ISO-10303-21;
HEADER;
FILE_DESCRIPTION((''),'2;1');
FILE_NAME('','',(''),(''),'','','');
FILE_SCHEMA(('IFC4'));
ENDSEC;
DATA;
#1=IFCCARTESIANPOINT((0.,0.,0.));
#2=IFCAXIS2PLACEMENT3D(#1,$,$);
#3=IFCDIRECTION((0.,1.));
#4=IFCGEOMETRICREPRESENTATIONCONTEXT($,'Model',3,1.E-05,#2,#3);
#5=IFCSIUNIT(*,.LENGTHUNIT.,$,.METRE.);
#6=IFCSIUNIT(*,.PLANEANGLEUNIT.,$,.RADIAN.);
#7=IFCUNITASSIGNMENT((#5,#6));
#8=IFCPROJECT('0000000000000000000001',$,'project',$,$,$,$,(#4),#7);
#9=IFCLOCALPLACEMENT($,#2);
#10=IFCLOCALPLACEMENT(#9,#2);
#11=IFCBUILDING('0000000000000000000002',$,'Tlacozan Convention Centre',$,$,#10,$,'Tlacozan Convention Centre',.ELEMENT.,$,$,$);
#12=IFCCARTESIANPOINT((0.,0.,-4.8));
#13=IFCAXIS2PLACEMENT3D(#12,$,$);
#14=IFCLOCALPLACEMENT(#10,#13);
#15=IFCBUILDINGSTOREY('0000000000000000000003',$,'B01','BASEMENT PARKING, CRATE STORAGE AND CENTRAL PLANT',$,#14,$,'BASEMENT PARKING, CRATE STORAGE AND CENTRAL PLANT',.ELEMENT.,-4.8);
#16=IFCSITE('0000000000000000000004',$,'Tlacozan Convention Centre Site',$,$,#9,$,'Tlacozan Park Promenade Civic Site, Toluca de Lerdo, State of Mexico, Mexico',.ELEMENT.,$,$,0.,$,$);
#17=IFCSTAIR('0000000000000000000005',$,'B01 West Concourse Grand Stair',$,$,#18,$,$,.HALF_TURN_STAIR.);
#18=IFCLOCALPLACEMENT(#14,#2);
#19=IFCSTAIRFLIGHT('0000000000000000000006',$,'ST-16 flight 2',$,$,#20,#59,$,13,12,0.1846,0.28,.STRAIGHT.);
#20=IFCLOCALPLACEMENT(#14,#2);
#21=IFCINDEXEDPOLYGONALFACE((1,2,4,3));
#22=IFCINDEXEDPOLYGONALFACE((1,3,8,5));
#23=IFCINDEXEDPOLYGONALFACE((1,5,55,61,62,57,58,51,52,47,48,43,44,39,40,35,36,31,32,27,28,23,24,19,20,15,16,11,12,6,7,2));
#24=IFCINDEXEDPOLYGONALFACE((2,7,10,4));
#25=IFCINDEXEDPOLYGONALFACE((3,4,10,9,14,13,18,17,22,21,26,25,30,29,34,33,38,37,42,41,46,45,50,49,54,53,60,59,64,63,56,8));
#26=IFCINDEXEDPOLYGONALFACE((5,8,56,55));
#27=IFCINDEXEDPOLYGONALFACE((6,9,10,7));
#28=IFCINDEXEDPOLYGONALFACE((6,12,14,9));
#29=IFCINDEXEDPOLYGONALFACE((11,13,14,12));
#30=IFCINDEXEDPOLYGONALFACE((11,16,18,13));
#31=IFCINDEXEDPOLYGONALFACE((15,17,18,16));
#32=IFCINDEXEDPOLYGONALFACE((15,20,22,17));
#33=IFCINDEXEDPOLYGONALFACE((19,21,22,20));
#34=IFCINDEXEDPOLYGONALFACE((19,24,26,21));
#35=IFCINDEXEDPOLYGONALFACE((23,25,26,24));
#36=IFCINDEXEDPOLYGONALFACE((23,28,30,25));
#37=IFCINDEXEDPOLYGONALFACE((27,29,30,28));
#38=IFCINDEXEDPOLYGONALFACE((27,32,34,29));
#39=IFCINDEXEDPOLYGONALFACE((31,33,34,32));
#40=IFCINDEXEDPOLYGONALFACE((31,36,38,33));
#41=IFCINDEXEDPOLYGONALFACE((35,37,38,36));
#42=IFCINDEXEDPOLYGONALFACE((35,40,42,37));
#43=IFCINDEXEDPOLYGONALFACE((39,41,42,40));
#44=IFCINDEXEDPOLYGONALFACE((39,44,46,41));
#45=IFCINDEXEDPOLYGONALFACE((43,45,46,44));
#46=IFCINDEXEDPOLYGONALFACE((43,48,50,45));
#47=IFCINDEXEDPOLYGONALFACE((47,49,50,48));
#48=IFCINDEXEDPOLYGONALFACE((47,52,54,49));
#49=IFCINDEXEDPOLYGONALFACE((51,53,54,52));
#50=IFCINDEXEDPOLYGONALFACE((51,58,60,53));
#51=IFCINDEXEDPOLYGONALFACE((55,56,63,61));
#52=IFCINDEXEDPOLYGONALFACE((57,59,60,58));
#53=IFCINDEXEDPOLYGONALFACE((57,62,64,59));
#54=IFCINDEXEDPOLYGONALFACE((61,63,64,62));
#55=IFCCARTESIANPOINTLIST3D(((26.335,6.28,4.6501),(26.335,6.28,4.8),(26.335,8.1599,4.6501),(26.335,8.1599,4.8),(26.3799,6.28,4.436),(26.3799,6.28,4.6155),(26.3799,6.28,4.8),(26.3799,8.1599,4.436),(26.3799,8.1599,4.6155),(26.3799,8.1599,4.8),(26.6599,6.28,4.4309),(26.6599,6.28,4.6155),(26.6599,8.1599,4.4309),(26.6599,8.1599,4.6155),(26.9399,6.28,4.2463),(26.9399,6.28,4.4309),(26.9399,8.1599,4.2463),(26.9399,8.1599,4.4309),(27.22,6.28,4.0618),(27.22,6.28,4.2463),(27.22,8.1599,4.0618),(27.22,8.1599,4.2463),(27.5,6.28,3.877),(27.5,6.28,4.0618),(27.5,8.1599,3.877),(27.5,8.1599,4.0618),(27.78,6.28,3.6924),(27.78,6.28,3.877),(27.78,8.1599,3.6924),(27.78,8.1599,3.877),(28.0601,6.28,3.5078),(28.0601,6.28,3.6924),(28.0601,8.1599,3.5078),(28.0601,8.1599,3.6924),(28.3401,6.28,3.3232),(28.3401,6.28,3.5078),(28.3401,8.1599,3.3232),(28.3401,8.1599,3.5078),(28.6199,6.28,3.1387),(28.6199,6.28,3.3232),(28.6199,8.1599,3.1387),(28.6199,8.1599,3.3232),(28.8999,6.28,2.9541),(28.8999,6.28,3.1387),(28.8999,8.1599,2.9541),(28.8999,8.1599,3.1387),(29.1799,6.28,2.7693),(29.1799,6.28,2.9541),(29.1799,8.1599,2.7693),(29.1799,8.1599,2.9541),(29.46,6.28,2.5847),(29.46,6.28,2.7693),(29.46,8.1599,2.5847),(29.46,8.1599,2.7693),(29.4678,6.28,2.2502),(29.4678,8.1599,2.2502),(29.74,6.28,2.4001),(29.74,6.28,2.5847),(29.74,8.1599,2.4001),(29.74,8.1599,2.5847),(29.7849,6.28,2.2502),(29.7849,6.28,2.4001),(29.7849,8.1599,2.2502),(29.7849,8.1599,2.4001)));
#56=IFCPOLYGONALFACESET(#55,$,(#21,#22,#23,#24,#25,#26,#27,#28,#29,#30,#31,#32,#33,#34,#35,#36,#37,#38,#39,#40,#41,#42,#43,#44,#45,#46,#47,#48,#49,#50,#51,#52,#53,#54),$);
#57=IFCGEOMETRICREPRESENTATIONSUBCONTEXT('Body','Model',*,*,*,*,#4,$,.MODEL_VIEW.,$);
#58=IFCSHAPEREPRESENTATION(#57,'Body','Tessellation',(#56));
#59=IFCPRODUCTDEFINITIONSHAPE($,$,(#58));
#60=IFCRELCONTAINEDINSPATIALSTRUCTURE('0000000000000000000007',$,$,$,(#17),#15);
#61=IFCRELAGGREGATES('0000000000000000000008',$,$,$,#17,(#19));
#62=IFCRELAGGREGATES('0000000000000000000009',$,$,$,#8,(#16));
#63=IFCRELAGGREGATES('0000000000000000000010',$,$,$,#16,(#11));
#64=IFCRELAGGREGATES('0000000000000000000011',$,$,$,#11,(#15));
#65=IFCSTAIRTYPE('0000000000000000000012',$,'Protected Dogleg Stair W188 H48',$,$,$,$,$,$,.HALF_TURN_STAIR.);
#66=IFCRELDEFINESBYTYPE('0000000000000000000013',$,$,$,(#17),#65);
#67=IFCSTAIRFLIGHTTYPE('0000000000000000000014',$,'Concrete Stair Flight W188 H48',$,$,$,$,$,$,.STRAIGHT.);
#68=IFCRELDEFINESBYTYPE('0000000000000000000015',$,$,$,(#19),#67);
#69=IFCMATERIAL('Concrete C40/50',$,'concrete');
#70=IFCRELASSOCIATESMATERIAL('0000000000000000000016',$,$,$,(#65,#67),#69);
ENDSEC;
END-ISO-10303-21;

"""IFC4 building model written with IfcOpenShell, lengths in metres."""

from ifc_helpers import new_model, si_unit, direction, frame, origin, place, context, subcontext, project, spatial, polyline, outline, extrude, material, type_object, element, aggregate, save


model = new_model("IFC4")

# Units and contexts
model_context = context("Model", 3, precision=1e-05, world=origin(), true_north=direction((0.0, 1.0)))
body_context = subcontext(model_context, "Body", "Model", "MODEL_VIEW")
ifc_project = project(units=[si_unit("LENGTHUNIT", "METRE"), si_unit("PLANEANGLEUNIT", "RADIAN")], contexts=[model_context])

# Site, building, storey
site_placement = place(None, origin())
site = spatial("IfcSite", under=ifc_project, at=site_placement, Name="Tlacozan Convention Centre Site", LongName="Tlacozan Park Promenade Civic Site, Toluca de Lerdo, State of Mexico, Mexico", CompositionType="ELEMENT", RefElevation=0.0)
building_placement = place(site_placement, origin())
building = spatial("IfcBuilding", under=site, at=building_placement, Name="Tlacozan Convention Centre", LongName="Tlacozan Convention Centre", CompositionType="ELEMENT")
storey_placement = place(building_placement, frame((0.0, 0.0, -4.8)))
storey = spatial("IfcBuildingStorey", under=building, at=storey_placement, Name="B01", Description="BASEMENT PARKING, CRATE STORAGE AND CENTRAL PLANT", LongName="BASEMENT PARKING, CRATE STORAGE AND CENTRAL PLANT", CompositionType="ELEMENT", Elevation=-4.8)

# Shared definitions
ifc_material_1 = material(Name="Concrete C40/50", Category="concrete")

# Stair, stair flight
stair_type = type_object("IfcStairType", Name="Protected Dogleg Stair W188 H48", PredefinedType="HALF_TURN_STAIR", material=ifc_material_1)
stair_placement = place(storey_placement, origin())
stair = element("IfcStair", 1, at=stair_placement, inside=storey, type_object=stair_type, Name="B01 West Concourse Grand Stair", PredefinedType="HALF_TURN_STAIR")
stair_flight_type = type_object("IfcStairFlightType", Name="Concrete Stair Flight W188 H48", PredefinedType="STRAIGHT", material=ifc_material_1)
stair_flight_1_placement = place(storey_placement, frame((29.74, 7.22, 2.4001), z_axis=(0.0, 0.0, 1.0), x_axis=(-1.0, 0.0, 0.0)))
stair_flight_1 = element("IfcStairFlight", 2, at=stair_flight_1_placement, type_object=stair_flight_type, Name="ST-16 flight 2", NumberOfRisers=13, NumberOfTreads=12, PredefinedType="STRAIGHT", RiserHeight=0.1846, TreadLength=0.28, context=body_context, shape_type="SweptSolid", body=[
    extrude(outline(polyline([(-0.0449, -0.1499), (-0.0449, 0.0), (0.0, 0.0), (0.0, 0.1846), (0.28, 0.1846), (0.28, 0.3691), (0.5601, 0.3691), (0.5601, 0.554), (0.8401, 0.554), (0.8401, 0.7385), (1.1201, 0.7385), (1.1201, 0.9231), (1.3999, 0.9231), (1.3999, 1.1077), (1.6799, 1.1077), (1.6799, 1.2922), (1.96, 1.2922), (1.96, 1.4768), (2.24, 1.4768), (2.24, 1.6616), (2.52, 1.6616), (2.52, 1.8462), (2.8, 1.8462), (2.8, 2.0308), (3.0801, 2.0308), (3.0801, 2.2153), (3.3601, 2.2153), (3.3601, 2.3999), (3.405, 2.3999), (3.405, 2.25), (3.3601, 2.0359), (0.2722, -0.1499), (-0.0449, -0.1499)])), frame((0.0, 0.9399, 0.0), z_axis=(0.0, -1.0, 0.0), x_axis=(1.0, 0.0, 0.0)), (0.0, 0.0, 1.0), 1.8799),
])
aggregate(stair, [stair_flight_1])

save(model, "model.ifc")
